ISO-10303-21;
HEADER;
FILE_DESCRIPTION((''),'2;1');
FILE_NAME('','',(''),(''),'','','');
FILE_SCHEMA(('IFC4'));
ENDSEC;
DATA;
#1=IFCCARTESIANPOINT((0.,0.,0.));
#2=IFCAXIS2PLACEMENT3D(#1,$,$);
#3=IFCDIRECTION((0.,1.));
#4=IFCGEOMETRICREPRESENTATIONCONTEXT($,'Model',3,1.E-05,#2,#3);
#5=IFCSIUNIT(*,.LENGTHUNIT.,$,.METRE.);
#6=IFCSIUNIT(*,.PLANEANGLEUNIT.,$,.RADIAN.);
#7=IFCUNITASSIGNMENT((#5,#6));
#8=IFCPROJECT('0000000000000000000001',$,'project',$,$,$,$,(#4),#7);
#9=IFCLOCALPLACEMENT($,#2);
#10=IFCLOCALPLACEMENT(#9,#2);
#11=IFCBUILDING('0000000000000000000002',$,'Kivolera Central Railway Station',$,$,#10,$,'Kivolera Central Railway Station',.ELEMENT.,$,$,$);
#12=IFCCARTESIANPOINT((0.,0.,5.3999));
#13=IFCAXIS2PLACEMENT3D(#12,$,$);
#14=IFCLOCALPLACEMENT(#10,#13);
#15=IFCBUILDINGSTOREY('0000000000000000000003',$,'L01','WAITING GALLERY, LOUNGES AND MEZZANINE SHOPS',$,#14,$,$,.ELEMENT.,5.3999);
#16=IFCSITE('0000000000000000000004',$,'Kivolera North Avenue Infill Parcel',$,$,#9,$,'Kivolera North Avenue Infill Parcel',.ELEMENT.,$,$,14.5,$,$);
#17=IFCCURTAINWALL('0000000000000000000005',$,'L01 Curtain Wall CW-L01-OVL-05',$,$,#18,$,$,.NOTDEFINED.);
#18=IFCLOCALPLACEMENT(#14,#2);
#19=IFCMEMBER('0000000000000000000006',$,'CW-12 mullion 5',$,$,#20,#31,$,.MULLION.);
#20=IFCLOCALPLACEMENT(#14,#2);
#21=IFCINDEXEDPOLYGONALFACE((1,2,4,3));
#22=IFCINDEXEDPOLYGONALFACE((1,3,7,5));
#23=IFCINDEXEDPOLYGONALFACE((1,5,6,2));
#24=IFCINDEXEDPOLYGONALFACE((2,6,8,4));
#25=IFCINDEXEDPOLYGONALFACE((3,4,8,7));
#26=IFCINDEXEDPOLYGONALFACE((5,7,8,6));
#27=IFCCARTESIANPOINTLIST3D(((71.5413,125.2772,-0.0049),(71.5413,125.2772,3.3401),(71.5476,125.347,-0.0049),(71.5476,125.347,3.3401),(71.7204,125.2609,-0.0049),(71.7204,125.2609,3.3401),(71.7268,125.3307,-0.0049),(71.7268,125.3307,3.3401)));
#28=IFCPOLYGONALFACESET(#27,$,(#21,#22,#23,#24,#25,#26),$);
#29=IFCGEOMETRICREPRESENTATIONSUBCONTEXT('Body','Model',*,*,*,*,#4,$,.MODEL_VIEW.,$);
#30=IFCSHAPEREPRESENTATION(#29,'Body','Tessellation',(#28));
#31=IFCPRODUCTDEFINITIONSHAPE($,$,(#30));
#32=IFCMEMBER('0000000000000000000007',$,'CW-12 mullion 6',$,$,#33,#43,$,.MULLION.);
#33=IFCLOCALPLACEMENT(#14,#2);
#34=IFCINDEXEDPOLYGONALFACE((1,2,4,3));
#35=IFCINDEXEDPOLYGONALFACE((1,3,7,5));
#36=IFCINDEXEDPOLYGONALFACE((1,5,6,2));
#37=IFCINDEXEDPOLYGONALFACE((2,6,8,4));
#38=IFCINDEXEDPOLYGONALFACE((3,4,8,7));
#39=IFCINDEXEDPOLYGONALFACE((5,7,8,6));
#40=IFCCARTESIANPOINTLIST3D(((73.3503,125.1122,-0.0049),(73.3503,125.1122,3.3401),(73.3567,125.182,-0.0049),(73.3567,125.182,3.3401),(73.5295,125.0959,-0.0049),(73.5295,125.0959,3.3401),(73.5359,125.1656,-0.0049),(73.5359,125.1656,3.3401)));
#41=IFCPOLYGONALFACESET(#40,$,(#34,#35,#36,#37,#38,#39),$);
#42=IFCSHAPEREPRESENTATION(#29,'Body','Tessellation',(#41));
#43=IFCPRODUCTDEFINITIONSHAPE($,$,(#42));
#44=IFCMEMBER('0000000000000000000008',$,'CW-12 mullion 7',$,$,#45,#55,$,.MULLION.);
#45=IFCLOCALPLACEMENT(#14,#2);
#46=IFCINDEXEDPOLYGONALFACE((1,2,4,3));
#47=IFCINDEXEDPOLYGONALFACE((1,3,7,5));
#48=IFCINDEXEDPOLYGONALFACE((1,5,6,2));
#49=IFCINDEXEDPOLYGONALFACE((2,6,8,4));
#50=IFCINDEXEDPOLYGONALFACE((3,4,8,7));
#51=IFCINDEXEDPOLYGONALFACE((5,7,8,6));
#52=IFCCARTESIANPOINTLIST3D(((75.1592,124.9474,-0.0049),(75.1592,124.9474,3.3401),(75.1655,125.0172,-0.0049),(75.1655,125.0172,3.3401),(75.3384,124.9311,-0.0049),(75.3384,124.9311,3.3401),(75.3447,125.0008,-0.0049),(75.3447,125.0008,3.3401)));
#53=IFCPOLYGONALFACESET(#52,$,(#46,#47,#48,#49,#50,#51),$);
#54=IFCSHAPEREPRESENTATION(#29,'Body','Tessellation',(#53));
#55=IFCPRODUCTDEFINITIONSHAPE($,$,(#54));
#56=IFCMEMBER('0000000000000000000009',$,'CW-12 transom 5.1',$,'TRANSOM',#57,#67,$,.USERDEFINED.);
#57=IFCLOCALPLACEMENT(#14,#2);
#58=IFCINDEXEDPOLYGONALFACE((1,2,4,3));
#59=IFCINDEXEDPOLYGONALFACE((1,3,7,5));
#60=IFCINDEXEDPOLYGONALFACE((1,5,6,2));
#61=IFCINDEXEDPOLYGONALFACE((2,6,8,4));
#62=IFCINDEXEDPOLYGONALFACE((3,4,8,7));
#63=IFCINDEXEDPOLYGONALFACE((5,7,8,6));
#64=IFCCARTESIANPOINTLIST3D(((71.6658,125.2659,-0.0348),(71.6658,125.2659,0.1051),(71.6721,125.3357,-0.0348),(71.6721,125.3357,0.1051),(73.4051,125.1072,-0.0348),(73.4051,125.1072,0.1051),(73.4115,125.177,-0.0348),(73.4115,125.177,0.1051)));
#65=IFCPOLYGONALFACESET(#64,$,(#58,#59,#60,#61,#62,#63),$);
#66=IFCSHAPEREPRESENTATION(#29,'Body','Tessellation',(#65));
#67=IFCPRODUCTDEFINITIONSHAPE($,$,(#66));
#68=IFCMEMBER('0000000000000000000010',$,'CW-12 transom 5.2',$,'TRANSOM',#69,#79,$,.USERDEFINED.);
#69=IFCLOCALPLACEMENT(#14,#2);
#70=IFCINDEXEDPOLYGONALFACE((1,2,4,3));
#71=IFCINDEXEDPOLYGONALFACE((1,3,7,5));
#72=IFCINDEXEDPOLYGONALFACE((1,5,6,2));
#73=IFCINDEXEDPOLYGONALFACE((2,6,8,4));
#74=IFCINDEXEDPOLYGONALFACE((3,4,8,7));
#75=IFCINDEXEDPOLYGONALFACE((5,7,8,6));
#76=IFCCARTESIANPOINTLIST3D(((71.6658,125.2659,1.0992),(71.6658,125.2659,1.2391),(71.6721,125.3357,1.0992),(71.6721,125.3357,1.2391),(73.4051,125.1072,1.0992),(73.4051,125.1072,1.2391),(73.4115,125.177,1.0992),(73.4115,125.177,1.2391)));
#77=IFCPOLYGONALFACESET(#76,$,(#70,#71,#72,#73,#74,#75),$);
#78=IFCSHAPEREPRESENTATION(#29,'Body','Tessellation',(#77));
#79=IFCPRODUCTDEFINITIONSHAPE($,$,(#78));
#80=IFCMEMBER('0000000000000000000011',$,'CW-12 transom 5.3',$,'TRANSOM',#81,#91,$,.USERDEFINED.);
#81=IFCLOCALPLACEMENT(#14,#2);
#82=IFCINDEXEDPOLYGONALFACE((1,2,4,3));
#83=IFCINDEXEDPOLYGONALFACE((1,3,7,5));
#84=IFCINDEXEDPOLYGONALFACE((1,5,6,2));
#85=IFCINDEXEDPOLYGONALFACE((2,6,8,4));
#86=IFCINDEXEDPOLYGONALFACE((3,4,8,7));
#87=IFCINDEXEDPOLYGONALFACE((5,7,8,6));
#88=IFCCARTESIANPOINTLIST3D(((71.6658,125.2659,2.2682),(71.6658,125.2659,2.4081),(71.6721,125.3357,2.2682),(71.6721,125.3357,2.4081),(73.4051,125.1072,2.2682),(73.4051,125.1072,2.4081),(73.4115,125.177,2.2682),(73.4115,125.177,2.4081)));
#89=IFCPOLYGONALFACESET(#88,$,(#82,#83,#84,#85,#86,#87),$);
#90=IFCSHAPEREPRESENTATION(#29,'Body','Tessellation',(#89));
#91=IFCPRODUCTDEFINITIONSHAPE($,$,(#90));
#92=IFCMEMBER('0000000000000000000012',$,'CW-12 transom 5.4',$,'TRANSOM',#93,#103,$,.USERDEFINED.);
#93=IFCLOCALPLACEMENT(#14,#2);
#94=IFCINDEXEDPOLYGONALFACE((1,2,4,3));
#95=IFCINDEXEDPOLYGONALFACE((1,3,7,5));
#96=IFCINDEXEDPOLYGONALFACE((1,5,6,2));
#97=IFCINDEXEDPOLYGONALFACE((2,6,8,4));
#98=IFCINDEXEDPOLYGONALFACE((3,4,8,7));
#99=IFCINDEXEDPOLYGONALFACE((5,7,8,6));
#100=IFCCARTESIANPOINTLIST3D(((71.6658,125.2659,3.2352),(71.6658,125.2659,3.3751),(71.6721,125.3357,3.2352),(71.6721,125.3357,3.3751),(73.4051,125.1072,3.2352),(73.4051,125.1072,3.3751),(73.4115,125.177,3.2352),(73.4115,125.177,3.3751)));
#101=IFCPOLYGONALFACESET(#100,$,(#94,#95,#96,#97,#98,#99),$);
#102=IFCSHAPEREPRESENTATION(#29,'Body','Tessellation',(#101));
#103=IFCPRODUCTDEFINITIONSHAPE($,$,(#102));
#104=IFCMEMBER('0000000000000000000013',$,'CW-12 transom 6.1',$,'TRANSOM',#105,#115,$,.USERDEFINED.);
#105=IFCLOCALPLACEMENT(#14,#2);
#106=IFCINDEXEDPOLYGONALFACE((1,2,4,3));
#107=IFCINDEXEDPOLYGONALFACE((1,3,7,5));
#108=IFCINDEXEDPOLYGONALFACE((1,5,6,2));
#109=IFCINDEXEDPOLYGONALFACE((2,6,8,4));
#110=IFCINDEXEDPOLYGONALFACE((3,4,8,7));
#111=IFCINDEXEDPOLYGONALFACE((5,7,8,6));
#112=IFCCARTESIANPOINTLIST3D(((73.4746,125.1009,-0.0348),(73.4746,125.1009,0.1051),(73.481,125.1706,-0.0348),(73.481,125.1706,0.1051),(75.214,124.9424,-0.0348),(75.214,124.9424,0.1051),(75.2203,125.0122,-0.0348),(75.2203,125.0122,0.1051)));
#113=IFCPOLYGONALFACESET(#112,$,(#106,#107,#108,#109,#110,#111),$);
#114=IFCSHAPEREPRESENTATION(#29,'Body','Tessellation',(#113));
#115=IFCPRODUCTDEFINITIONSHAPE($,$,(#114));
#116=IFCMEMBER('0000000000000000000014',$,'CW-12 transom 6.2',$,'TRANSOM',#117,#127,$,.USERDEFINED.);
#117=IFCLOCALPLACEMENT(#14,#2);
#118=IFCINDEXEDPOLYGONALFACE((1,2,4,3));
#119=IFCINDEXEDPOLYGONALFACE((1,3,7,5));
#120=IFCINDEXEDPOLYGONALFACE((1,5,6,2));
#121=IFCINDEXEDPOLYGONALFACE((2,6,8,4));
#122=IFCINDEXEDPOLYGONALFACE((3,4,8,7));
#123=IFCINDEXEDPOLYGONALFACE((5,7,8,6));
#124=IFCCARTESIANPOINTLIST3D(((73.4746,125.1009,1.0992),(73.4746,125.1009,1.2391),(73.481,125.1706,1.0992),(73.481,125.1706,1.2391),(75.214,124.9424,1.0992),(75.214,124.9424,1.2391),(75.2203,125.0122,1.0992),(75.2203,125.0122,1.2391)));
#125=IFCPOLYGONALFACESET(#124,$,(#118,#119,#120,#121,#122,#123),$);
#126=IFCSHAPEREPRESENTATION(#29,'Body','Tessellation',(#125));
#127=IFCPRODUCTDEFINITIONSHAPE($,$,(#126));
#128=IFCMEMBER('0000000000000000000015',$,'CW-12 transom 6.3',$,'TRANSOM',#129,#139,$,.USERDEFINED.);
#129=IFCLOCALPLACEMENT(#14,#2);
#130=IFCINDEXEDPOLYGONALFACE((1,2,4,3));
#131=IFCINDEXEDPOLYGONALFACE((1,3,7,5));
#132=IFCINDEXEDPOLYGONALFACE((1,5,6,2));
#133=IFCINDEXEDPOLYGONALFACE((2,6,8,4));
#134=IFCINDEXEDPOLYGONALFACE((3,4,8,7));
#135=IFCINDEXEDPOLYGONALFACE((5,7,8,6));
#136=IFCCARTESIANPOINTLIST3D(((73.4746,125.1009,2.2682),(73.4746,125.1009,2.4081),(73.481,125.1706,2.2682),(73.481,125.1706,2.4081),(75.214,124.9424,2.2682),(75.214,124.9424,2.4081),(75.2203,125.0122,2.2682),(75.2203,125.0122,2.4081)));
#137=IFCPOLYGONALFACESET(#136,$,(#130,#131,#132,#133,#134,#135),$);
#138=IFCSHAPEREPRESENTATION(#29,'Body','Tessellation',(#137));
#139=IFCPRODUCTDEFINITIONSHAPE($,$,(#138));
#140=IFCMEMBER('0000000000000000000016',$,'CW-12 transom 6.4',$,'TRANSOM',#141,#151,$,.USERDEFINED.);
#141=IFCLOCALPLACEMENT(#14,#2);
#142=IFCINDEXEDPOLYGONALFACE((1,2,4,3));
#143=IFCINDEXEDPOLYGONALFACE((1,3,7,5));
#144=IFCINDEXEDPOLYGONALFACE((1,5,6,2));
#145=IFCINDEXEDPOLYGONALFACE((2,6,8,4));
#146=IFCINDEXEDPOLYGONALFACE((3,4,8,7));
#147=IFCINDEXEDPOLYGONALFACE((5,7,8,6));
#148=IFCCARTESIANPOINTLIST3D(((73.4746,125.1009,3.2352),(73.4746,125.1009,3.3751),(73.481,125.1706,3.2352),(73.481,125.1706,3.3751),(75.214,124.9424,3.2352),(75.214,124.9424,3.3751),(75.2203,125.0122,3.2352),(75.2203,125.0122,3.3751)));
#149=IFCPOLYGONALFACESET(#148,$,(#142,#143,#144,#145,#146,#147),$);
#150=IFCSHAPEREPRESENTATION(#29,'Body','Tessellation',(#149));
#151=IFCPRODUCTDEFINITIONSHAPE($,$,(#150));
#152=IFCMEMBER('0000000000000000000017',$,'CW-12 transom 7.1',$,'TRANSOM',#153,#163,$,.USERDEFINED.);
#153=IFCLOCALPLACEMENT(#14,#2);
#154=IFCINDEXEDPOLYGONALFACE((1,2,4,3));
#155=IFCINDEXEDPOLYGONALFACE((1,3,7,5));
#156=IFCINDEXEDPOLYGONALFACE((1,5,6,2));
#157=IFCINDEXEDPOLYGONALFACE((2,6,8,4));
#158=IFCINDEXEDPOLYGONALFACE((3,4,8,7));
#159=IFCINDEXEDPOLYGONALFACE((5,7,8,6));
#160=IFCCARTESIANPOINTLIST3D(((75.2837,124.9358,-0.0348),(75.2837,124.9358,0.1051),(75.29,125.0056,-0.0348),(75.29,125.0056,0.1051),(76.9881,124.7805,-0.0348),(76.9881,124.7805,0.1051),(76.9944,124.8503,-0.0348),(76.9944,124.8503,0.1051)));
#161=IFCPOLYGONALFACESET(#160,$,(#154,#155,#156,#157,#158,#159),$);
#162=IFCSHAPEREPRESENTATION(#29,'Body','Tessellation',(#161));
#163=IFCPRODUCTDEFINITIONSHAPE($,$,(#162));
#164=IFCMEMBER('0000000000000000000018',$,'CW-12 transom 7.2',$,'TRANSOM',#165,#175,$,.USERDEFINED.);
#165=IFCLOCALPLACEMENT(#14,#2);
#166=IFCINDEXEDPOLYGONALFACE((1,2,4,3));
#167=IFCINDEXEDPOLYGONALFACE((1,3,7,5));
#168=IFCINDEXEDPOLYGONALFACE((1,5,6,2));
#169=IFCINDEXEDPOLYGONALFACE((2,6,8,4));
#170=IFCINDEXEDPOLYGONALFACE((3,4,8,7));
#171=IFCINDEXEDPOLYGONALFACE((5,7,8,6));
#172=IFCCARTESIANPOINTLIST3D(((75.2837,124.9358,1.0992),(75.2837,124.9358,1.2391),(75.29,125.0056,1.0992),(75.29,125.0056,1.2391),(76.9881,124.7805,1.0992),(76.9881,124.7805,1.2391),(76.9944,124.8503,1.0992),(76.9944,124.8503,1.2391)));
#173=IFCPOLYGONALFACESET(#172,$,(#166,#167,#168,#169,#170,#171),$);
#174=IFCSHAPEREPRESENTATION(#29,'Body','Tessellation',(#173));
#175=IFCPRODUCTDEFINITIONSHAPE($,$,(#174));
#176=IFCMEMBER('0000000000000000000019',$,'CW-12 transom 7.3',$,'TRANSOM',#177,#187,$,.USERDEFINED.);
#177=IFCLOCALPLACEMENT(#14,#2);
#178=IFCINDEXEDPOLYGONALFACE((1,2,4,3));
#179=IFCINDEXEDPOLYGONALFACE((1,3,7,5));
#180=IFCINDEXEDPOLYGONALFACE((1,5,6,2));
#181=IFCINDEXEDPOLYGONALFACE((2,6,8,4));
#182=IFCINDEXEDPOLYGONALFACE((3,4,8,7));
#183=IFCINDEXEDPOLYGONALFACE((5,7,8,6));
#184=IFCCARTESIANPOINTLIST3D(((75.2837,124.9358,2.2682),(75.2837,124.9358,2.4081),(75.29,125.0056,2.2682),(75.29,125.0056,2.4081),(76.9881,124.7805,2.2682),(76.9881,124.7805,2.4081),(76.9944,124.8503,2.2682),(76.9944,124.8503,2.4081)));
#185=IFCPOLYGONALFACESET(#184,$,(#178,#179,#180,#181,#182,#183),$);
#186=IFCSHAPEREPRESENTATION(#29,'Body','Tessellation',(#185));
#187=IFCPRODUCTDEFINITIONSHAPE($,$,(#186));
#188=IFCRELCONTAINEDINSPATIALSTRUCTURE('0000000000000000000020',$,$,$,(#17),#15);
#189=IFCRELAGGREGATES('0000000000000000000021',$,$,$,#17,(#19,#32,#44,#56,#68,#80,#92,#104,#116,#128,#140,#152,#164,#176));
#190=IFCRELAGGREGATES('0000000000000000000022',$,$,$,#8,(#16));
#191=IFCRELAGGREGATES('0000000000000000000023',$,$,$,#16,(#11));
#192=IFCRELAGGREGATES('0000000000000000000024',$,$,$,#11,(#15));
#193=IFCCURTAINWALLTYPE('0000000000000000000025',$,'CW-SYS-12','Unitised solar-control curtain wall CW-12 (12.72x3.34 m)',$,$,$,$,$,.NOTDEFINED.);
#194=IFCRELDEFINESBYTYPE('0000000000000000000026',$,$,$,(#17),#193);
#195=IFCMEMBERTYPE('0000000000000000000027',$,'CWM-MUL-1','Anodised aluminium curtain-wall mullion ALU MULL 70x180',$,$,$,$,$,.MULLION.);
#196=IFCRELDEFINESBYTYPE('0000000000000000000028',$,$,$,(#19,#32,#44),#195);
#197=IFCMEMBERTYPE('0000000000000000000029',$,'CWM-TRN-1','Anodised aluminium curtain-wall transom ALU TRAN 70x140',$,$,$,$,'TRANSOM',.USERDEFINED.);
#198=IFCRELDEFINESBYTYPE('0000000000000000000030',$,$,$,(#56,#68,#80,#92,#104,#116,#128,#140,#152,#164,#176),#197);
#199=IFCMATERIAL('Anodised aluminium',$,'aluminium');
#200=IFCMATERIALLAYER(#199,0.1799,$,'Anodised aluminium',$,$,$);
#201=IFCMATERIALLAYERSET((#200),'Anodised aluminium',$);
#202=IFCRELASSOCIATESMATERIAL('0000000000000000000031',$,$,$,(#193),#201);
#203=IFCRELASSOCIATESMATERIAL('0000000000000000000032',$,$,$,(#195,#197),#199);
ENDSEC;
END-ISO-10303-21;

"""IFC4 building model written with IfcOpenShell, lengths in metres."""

from ifc_helpers import new_model, si_unit, direction, frame, origin, origin_2d, place, context, subcontext, project, spatial, rectangle, extrude, material, layer, layer_set, material_profile, profile_set, type_object, element, aggregate, save


model = new_model("IFC4")

# Units and contexts
model_context = context("Model", 3, precision=1e-05, world=origin(), true_north=direction((0.0, 1.0)))
body_context = subcontext(model_context, "Body", "Model", "MODEL_VIEW")
ifc_project = project(units=[si_unit("LENGTHUNIT", "METRE"), si_unit("PLANEANGLEUNIT", "RADIAN")], contexts=[model_context])

# Site, building, storey
site_placement = place(None, origin())
site = spatial("IfcSite", under=ifc_project, at=site_placement, Name="Kivolera North Avenue Infill Parcel", LongName="Kivolera North Avenue Infill Parcel", CompositionType="ELEMENT", RefElevation=14.5)
building_placement = place(site_placement, origin())
building = spatial("IfcBuilding", under=site, at=building_placement, Name="Kivolera Central Railway Station", LongName="Kivolera Central Railway Station", CompositionType="ELEMENT")
storey_placement = place(building_placement, frame((0.0, 0.0, 5.3999)))
storey = spatial("IfcBuildingStorey", under=building, at=storey_placement, Name="L01", Description="WAITING GALLERY, LOUNGES AND MEZZANINE SHOPS", CompositionType="ELEMENT", Elevation=5.3999)

# Curtain wall, members
ifc_material_1 = material(Name="Anodised aluminium", Category="aluminium")
ifc_layer_1 = layer(ifc_material_1, 0.1799, Name="Anodised aluminium")
ifc_layer_set_1 = layer_set([ifc_layer_1], Name="Anodised aluminium")
curtain_wall_type = type_object("IfcCurtainWallType", Name="CW-SYS-12", Description="Unitised solar-control curtain wall CW-12 (12.72x3.34 m)", PredefinedType="NOTDEFINED", material=ifc_layer_set_1)
curtain_wall_placement = place(storey_placement, origin())
curtain_wall = element("IfcCurtainWall", 1, at=curtain_wall_placement, inside=storey, type_object=curtain_wall_type, Name="L01 Curtain Wall CW-L01-OVL-05", PredefinedType="NOTDEFINED")
ifc_material_profile_1 = material_profile(ifc_material_1, rectangle(XDim=0.0701, YDim=0.1799, at=origin_2d()), Name="ALU MULL 70x180")
ifc_profile_set_1 = profile_set([ifc_material_profile_1], Name="Anodised aluminium")
member_type_1 = type_object("IfcMemberType", Name="CWM-MUL-1", Description="Anodised aluminium curtain-wall mullion ALU MULL 70x180", PredefinedType="MULLION", material=ifc_profile_set_1)
member_1_placement = place(storey_placement, frame((71.634, 125.304, -0.0049), z_axis=(0.0, 0.0, 1.0), x_axis=(0.090834, 0.995866, 0.0)))
member_1 = element("IfcMember", 2, at=member_1_placement, type_object=member_type_1, Name="CW-12 mullion 5", PredefinedType="MULLION", context=body_context, shape_type="SweptSolid", body=[
    extrude(rectangle(XDim=0.0701, YDim=0.1799, at=origin_2d()), origin(), (0.0, 0.0, 1.0), 3.345),
])
member_2_placement = place(storey_placement, frame((73.4431, 125.1389, -0.0049), z_axis=(0.0, 0.0, 1.0), x_axis=(0.090834, 0.995866, 0.0)))
member_2 = element("IfcMember", 3, at=member_2_placement, type_object=member_type_1, Name="CW-12 mullion 6", PredefinedType="MULLION", context=body_context, shape_type="SweptSolid", body=[
    extrude(rectangle(XDim=0.0701, YDim=0.1799, at=origin_2d()), origin(), (0.0, 0.0, 1.0), 3.345),
])
member_3_placement = place(storey_placement, frame((75.252, 124.9741, -0.0049), z_axis=(0.0, 0.0, 1.0), x_axis=(0.090834, 0.995866, 0.0)))
member_3 = element("IfcMember", 4, at=member_3_placement, type_object=member_type_1, Name="CW-12 mullion 7", PredefinedType="MULLION", context=body_context, shape_type="SweptSolid", body=[
    extrude(rectangle(XDim=0.0701, YDim=0.1799, at=origin_2d()), origin(), (0.0, 0.0, 1.0), 3.345),
])
ifc_material_profile_2 = material_profile(ifc_material_1, rectangle(XDim=0.0701, YDim=0.1399, at=origin_2d()), Name="ALU TRAN 70x140")
ifc_profile_set_2 = profile_set([ifc_material_profile_2], Name="Anodised aluminium")
member_type_2 = type_object("IfcMemberType", Name="CWM-TRN-1", Description="Anodised aluminium curtain-wall transom ALU TRAN 70x140", ElementType="TRANSOM", PredefinedType="USERDEFINED", material=ifc_profile_set_2)
member_4_placement = place(storey_placement, frame((71.6689, 125.3008, 0.0352), z_axis=(0.995863, -0.090863, 0.0), x_axis=(0.090863, 0.995863, 0.0)))
member_4 = element("IfcMember", 5, at=member_4_placement, type_object=member_type_2, Name="CW-12 transom 5.1", ObjectType="TRANSOM", PredefinedType="USERDEFINED", context=body_context, shape_type="SweptSolid", body=[
    extrude(rectangle(XDim=0.0701, YDim=0.1399, at=origin_2d()), origin(), (0.0, 0.0, 1.0), 1.7466),
])
member_5_placement = place(storey_placement, frame((71.6689, 125.3008, 1.1692), z_axis=(0.995863, -0.090863, 0.0), x_axis=(0.090863, 0.995863, 0.0)))
member_5 = element("IfcMember", 6, at=member_5_placement, type_object=member_type_2, Name="CW-12 transom 5.2", ObjectType="TRANSOM", PredefinedType="USERDEFINED", context=body_context, shape_type="SweptSolid", body=[
    extrude(rectangle(XDim=0.0701, YDim=0.1399, at=origin_2d()), origin(), (0.0, 0.0, 1.0), 1.7466),
])
member_6_placement = place(storey_placement, frame((71.6689, 125.3008, 2.3381), z_axis=(0.995863, -0.090863, 0.0), x_axis=(0.090863, 0.995863, 0.0)))
member_6 = element("IfcMember", 7, at=member_6_placement, type_object=member_type_2, Name="CW-12 transom 5.3", ObjectType="TRANSOM", PredefinedType="USERDEFINED", context=body_context, shape_type="SweptSolid", body=[
    extrude(rectangle(XDim=0.0701, YDim=0.1399, at=origin_2d()), origin(), (0.0, 0.0, 1.0), 1.7466),
])
member_7_placement = place(storey_placement, frame((71.6689, 125.3008, 3.3052), z_axis=(0.995863, -0.090863, 0.0), x_axis=(0.090863, 0.995863, 0.0)))
member_7 = element("IfcMember", 8, at=member_7_placement, type_object=member_type_2, Name="CW-12 transom 5.4", ObjectType="TRANSOM", PredefinedType="USERDEFINED", context=body_context, shape_type="SweptSolid", body=[
    extrude(rectangle(XDim=0.0701, YDim=0.1399, at=origin_2d()), origin(), (0.0, 0.0, 1.0), 1.7466),
])
member_8_placement = place(storey_placement, frame((73.4778, 125.1357, 0.0352), z_axis=(0.995876, -0.090725, 0.0), x_axis=(0.090725, 0.995876, 0.0)))
member_8 = element("IfcMember", 9, at=member_8_placement, type_object=member_type_2, Name="CW-12 transom 6.1", ObjectType="TRANSOM", PredefinedType="USERDEFINED", context=body_context, shape_type="SweptSolid", body=[
    extrude(rectangle(XDim=0.0701, YDim=0.1399, at=origin_2d()), origin(), (0.0, 0.0, 1.0), 1.7466),
])
member_9_placement = place(storey_placement, frame((73.4778, 125.1357, 1.1692), z_axis=(0.995876, -0.090725, 0.0), x_axis=(0.090725, 0.995876, 0.0)))
member_9 = element("IfcMember", 10, at=member_9_placement, type_object=member_type_2, Name="CW-12 transom 6.2", ObjectType="TRANSOM", PredefinedType="USERDEFINED", context=body_context, shape_type="SweptSolid", body=[
    extrude(rectangle(XDim=0.0701, YDim=0.1399, at=origin_2d()), origin(), (0.0, 0.0, 1.0), 1.7466),
])
member_10_placement = place(storey_placement, frame((73.4778, 125.1357, 2.3381), z_axis=(0.995876, -0.090725, 0.0), x_axis=(0.090725, 0.995876, 0.0)))
member_10 = element("IfcMember", 11, at=member_10_placement, type_object=member_type_2, Name="CW-12 transom 6.3", ObjectType="TRANSOM", PredefinedType="USERDEFINED", context=body_context, shape_type="SweptSolid", body=[
    extrude(rectangle(XDim=0.0701, YDim=0.1399, at=origin_2d()), origin(), (0.0, 0.0, 1.0), 1.7466),
])
member_11_placement = place(storey_placement, frame((73.4778, 125.1357, 3.3052), z_axis=(0.995876, -0.090725, 0.0), x_axis=(0.090725, 0.995876, 0.0)))
member_11 = element("IfcMember", 12, at=member_11_placement, type_object=member_type_2, Name="CW-12 transom 6.4", ObjectType="TRANSOM", PredefinedType="USERDEFINED", context=body_context, shape_type="SweptSolid", body=[
    extrude(rectangle(XDim=0.0701, YDim=0.1399, at=origin_2d()), origin(), (0.0, 0.0, 1.0), 1.7466),
])
member_12_placement = place(storey_placement, frame((75.2869, 124.9707, 0.0352), z_axis=(0.995876, -0.090729, 0.0), x_axis=(0.090729, 0.995876, 0.0)))
member_12 = element("IfcMember", 13, at=member_12_placement, type_object=member_type_2, Name="CW-12 transom 7.1", ObjectType="TRANSOM", PredefinedType="USERDEFINED", context=body_context, shape_type="SweptSolid", body=[
    extrude(rectangle(XDim=0.0701, YDim=0.1399, at=origin_2d()), origin(), (0.0, 0.0, 1.0), 1.7114),
])
member_13_placement = place(storey_placement, frame((75.2869, 124.9707, 1.1692), z_axis=(0.995876, -0.090729, 0.0), x_axis=(0.090729, 0.995876, 0.0)))
member_13 = element("IfcMember", 14, at=member_13_placement, type_object=member_type_2, Name="CW-12 transom 7.2", ObjectType="TRANSOM", PredefinedType="USERDEFINED", context=body_context, shape_type="SweptSolid", body=[
    extrude(rectangle(XDim=0.0701, YDim=0.1399, at=origin_2d()), origin(), (0.0, 0.0, 1.0), 1.7114),
])
member_14_placement = place(storey_placement, frame((75.2869, 124.9707, 2.3381), z_axis=(0.995876, -0.090729, 0.0), x_axis=(0.090729, 0.995876, 0.0)))
member_14 = element("IfcMember", 15, at=member_14_placement, type_object=member_type_2, Name="CW-12 transom 7.3", ObjectType="TRANSOM", PredefinedType="USERDEFINED", context=body_context, shape_type="SweptSolid", body=[
    extrude(rectangle(XDim=0.0701, YDim=0.1399, at=origin_2d()), origin(), (0.0, 0.0, 1.0), 1.7114),
])
aggregate(curtain_wall, [member_1, member_2, member_3, member_4, member_5, member_6, member_7, member_8, member_9, member_10, member_11, member_12, member_13, member_14])

save(model, "model.ifc")
